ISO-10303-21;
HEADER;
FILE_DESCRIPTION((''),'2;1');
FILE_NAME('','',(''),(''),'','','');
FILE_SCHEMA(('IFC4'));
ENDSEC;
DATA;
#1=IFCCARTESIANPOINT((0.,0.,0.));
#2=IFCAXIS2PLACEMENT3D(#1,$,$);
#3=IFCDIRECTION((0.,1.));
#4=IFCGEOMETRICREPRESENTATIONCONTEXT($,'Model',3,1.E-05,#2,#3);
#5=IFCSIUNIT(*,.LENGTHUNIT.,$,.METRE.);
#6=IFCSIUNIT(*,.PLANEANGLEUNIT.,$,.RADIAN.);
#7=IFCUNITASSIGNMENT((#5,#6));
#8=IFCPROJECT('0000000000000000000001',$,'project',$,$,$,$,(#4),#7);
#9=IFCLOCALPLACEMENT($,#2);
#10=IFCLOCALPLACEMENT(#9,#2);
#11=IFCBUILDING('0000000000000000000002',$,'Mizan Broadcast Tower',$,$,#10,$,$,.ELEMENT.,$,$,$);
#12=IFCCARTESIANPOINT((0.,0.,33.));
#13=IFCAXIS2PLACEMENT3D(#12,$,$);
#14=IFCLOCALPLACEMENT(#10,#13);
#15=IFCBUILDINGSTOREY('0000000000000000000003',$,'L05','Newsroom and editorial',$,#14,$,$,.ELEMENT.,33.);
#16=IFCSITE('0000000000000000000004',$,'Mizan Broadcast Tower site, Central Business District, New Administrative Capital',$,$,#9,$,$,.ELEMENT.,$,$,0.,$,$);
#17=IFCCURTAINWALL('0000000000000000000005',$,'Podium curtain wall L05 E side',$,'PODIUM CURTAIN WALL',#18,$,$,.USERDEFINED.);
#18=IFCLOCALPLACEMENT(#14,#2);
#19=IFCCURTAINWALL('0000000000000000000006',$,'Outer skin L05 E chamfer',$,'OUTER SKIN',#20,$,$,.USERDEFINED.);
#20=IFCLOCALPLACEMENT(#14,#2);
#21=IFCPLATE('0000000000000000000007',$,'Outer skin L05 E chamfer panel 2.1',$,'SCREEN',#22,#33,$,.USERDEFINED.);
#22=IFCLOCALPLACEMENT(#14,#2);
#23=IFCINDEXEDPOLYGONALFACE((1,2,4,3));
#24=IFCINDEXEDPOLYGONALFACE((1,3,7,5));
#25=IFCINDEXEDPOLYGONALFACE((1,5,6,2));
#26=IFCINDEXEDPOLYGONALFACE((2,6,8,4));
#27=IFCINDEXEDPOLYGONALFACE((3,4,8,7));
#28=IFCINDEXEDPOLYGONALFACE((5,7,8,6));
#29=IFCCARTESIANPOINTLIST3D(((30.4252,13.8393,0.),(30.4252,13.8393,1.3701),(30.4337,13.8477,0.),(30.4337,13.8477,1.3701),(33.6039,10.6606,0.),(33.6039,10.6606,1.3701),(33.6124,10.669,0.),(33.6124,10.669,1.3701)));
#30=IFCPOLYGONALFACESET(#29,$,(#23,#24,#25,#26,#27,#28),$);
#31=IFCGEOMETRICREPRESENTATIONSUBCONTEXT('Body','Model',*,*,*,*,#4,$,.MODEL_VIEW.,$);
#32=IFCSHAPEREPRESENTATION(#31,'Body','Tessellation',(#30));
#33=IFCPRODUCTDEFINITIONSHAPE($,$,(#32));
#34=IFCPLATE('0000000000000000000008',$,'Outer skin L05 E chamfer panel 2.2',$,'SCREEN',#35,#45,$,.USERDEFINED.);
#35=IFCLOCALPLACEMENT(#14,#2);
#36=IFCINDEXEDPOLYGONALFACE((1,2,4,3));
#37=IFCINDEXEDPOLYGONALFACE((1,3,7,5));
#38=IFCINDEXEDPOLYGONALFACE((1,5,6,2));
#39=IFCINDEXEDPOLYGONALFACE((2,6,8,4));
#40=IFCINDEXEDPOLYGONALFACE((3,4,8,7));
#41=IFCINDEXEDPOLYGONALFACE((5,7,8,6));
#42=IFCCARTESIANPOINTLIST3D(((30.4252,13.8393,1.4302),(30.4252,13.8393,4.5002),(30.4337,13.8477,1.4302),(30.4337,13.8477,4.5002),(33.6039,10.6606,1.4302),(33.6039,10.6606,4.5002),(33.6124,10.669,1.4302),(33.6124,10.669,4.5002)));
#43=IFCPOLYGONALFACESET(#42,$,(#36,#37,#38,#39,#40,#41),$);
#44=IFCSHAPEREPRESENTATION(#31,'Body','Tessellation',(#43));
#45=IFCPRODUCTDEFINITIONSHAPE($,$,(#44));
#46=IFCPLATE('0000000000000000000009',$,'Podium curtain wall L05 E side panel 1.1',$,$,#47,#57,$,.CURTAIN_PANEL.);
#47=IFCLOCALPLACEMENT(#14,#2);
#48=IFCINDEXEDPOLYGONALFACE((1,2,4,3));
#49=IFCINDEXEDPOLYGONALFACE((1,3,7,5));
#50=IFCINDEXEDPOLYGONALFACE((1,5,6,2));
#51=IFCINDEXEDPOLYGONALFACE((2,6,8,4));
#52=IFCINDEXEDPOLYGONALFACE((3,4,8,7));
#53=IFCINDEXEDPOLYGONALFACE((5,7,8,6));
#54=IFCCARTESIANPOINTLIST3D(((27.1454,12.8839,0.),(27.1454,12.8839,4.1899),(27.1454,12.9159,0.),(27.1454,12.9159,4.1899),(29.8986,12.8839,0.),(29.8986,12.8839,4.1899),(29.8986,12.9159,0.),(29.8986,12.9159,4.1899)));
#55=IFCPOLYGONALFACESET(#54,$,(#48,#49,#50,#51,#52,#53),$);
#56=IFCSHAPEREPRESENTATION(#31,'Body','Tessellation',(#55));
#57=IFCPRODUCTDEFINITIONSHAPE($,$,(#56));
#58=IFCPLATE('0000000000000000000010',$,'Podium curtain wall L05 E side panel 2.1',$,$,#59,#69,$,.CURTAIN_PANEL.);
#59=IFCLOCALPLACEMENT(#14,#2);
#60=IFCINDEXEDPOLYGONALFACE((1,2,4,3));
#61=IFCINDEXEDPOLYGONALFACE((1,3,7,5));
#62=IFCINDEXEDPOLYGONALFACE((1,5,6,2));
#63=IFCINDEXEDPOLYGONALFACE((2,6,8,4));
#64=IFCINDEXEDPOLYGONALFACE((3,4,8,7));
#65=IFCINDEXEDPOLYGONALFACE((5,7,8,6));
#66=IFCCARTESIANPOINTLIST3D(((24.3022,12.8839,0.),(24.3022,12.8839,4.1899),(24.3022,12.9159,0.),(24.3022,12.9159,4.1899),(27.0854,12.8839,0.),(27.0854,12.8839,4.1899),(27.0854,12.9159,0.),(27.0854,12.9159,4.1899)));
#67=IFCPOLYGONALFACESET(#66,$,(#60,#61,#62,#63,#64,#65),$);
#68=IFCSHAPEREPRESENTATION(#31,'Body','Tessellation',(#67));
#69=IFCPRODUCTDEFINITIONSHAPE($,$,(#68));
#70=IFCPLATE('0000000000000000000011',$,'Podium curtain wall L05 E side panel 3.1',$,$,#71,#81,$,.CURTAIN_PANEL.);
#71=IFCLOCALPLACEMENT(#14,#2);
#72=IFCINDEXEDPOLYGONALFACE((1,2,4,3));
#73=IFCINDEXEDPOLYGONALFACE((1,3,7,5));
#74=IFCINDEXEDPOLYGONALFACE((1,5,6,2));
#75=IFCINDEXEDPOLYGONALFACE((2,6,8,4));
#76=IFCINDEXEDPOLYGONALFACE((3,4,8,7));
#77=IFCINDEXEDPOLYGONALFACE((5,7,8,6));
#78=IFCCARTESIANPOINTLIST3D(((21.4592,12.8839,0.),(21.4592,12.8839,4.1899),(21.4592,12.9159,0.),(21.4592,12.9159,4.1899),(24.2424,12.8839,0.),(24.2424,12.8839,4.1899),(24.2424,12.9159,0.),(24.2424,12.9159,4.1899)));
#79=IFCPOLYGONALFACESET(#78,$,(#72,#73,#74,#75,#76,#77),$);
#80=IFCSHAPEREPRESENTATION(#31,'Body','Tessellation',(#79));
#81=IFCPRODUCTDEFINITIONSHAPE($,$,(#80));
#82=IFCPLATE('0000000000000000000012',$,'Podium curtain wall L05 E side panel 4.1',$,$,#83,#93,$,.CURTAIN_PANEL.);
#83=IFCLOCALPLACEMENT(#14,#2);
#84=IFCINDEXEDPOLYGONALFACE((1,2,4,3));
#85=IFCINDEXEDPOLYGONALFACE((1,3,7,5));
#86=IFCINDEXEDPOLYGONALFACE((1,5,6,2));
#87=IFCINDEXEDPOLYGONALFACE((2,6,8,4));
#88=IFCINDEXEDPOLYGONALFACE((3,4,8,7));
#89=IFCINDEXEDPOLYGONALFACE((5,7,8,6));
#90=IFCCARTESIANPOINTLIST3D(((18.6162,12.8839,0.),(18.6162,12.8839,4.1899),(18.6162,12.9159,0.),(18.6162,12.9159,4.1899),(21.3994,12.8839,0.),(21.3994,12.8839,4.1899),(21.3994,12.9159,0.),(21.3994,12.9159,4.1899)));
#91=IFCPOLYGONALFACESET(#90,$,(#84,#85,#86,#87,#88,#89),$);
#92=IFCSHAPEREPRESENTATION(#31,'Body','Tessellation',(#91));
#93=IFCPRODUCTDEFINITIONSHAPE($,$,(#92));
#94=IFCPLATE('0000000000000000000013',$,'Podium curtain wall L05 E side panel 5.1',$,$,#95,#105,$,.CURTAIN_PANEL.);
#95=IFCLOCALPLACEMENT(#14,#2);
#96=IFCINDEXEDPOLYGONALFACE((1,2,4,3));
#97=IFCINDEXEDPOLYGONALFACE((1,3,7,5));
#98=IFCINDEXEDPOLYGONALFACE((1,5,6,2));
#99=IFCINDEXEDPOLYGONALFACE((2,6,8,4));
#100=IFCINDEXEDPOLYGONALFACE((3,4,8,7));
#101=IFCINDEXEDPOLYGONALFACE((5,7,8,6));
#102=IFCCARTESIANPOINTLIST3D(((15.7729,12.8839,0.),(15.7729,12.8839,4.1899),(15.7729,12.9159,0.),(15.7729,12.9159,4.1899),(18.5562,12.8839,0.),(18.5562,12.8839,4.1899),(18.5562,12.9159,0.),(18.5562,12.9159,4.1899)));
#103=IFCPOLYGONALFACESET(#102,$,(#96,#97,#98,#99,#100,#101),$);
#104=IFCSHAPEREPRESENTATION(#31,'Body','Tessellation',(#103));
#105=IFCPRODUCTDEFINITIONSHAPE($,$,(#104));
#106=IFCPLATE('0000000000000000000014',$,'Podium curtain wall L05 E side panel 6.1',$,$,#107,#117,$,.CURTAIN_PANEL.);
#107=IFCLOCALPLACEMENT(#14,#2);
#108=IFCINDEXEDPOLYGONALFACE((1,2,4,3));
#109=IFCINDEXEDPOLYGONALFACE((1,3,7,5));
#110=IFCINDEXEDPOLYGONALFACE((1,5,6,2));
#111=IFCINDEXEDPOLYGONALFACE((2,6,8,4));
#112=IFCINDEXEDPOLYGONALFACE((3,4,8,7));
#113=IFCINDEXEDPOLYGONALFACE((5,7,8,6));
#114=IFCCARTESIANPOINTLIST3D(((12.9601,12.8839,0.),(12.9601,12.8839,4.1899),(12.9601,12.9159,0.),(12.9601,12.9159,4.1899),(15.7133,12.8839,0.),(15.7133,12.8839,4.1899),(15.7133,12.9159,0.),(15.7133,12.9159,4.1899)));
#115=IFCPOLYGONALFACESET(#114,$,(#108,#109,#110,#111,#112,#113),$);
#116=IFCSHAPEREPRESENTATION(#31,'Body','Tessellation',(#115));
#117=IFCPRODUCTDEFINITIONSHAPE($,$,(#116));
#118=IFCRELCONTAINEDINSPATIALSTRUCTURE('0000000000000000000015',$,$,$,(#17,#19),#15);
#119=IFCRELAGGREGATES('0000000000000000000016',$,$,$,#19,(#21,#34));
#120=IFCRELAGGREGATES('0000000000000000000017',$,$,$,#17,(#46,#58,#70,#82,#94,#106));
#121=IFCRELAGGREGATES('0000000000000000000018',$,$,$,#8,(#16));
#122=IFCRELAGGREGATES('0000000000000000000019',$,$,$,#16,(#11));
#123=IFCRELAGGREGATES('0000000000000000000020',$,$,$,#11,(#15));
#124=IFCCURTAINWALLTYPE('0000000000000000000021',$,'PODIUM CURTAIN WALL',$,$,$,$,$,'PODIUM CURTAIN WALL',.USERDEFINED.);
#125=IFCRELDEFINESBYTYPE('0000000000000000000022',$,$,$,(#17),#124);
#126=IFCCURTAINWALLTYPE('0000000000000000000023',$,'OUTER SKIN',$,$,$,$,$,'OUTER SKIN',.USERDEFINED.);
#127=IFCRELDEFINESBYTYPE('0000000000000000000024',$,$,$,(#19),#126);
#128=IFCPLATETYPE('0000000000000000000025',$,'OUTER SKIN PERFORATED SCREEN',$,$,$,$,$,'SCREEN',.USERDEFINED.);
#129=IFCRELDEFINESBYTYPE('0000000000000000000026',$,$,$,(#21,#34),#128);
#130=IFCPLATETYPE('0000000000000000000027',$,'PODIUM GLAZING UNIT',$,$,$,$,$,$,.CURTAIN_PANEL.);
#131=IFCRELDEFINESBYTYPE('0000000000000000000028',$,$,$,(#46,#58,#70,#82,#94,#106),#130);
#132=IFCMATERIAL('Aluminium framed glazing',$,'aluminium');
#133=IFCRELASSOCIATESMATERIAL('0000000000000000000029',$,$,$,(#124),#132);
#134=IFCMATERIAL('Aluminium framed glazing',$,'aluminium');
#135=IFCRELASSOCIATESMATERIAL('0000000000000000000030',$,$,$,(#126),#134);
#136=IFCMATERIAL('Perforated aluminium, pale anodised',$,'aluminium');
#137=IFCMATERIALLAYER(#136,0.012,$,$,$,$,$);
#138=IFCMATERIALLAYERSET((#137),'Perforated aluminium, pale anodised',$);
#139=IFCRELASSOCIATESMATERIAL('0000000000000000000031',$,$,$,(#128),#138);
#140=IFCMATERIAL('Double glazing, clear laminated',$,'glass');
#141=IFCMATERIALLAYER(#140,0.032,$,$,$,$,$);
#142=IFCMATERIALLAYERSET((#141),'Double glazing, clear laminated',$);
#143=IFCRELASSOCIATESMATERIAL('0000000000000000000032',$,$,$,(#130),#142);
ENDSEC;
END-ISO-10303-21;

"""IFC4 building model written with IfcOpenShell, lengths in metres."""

from ifc_helpers import new_model, si_unit, direction, frame, origin, origin_2d, place, context, subcontext, project, spatial, rectangle, extrude, material, layer, layer_set, type_object, element, aggregate, save


model = new_model("IFC4")

# Units and contexts
model_context = context("Model", 3, precision=1e-05, world=origin(), true_north=direction((0.0, 1.0)))
body_context = subcontext(model_context, "Body", "Model", "MODEL_VIEW")
ifc_project = project(units=[si_unit("LENGTHUNIT", "METRE"), si_unit("PLANEANGLEUNIT", "RADIAN")], contexts=[model_context])

# Site, building, storey
site_placement = place(None, origin())
site = spatial("IfcSite", under=ifc_project, at=site_placement, Name="Mizan Broadcast Tower site, Central Business District, New Administrative Capital", CompositionType="ELEMENT", RefElevation=0.0)
building_placement = place(site_placement, origin())
building = spatial("IfcBuilding", under=site, at=building_placement, Name="Mizan Broadcast Tower", CompositionType="ELEMENT")
storey_placement = place(building_placement, frame((0.0, 0.0, 33.0)))
storey = spatial("IfcBuildingStorey", under=building, at=storey_placement, Name="L05", Description="Newsroom and editorial", CompositionType="ELEMENT", Elevation=33.0)

# Shared definitions
ifc_material_1 = material(Name="Aluminium framed glazing", Category="aluminium")
curtain_wall_type_1 = type_object("IfcCurtainWallType", Name="PODIUM CURTAIN WALL", ElementType="PODIUM CURTAIN WALL", PredefinedType="USERDEFINED", material=ifc_material_1)

# Curtain wall
curtain_wall_1_placement = place(storey_placement, origin())
curtain_wall_1 = element("IfcCurtainWall", 1, at=curtain_wall_1_placement, inside=storey, type_object=curtain_wall_type_1, Name="Podium curtain wall L05 E side", ObjectType="PODIUM CURTAIN WALL", PredefinedType="USERDEFINED")

# Curtain wall, plates
ifc_material_2 = material(Name="Aluminium framed glazing", Category="aluminium")
curtain_wall_type_2 = type_object("IfcCurtainWallType", Name="OUTER SKIN", ElementType="OUTER SKIN", PredefinedType="USERDEFINED", material=ifc_material_2)
curtain_wall_2_placement = place(storey_placement, origin())
curtain_wall_2 = element("IfcCurtainWall", 2, at=curtain_wall_2_placement, inside=storey, type_object=curtain_wall_type_2, Name="Outer skin L05 E chamfer", ObjectType="OUTER SKIN", PredefinedType="USERDEFINED")
ifc_material_3 = material(Name="Perforated aluminium, pale anodised", Category="aluminium")
ifc_layer_1 = layer(ifc_material_3, 0.012)
ifc_layer_set_1 = layer_set([ifc_layer_1], Name="Perforated aluminium, pale anodised")
plate_type_1 = type_object("IfcPlateType", Name="OUTER SKIN PERFORATED SCREEN", ElementType="SCREEN", PredefinedType="USERDEFINED", material=ifc_layer_set_1)
plate_1_placement = place(storey_placement, frame((32.0188, 12.2542, 0.0), z_axis=(0.0, 0.0, 1.0), x_axis=(-0.707107, 0.707107, 0.0)))
plate_1 = element("IfcPlate", 3, at=plate_1_placement, type_object=plate_type_1, Name="Outer skin L05 E chamfer panel 2.1", ObjectType="SCREEN", PredefinedType="USERDEFINED", context=body_context, shape_type="SweptSolid", body=[
    extrude(rectangle(XDim=4.4954, YDim=0.012, at=origin_2d()), origin(), (0.0, 0.0, 1.0), 1.3701),
])
plate_2_placement = place(storey_placement, frame((32.0188, 12.2542, 1.4302), z_axis=(0.0, 0.0, 1.0), x_axis=(-0.707107, 0.707107, 0.0)))
plate_2 = element("IfcPlate", 4, at=plate_2_placement, type_object=plate_type_1, Name="Outer skin L05 E chamfer panel 2.2", ObjectType="SCREEN", PredefinedType="USERDEFINED", context=body_context, shape_type="SweptSolid", body=[
    extrude(rectangle(XDim=4.4954, YDim=0.012, at=origin_2d()), origin(), (0.0, 0.0, 1.0), 3.0701),
])
aggregate(curtain_wall_2, [plate_1, plate_2])

# Plates
ifc_material_4 = material(Name="Double glazing, clear laminated", Category="glass")
ifc_layer_2 = layer(ifc_material_4, 0.032)
ifc_layer_set_2 = layer_set([ifc_layer_2], Name="Double glazing, clear laminated")
plate_type_2 = type_object("IfcPlateType", Name="PODIUM GLAZING UNIT", PredefinedType="CURTAIN_PANEL", material=ifc_layer_set_2)
plate_3_placement = place(storey_placement, frame((28.522, 12.8999, 0.0), z_axis=(0.0, 0.0, 1.0), x_axis=(-1.0, 0.0, 0.0)))
plate_3 = element("IfcPlate", 5, at=plate_3_placement, type_object=plate_type_2, Name="Podium curtain wall L05 E side panel 1.1", PredefinedType="CURTAIN_PANEL", context=body_context, shape_type="SweptSolid", body=[
    extrude(rectangle(XDim=2.7532, YDim=0.032, at=origin_2d()), origin(), (0.0, 0.0, 1.0), 4.1899),
])
plate_4_placement = place(storey_placement, frame((25.6938, 12.8999, 0.0), z_axis=(0.0, 0.0, 1.0), x_axis=(-1.0, 0.0, 0.0)))
plate_4 = element("IfcPlate", 6, at=plate_4_placement, type_object=plate_type_2, Name="Podium curtain wall L05 E side panel 2.1", PredefinedType="CURTAIN_PANEL", context=body_context, shape_type="SweptSolid", body=[
    extrude(rectangle(XDim=2.7832, YDim=0.032, at=origin_2d()), origin(), (0.0, 0.0, 1.0), 4.1899),
])
plate_5_placement = place(storey_placement, frame((22.8508, 12.8999, 0.0), z_axis=(0.0, 0.0, 1.0), x_axis=(-1.0, 0.0, 0.0)))
plate_5 = element("IfcPlate", 7, at=plate_5_placement, type_object=plate_type_2, Name="Podium curtain wall L05 E side panel 3.1", PredefinedType="CURTAIN_PANEL", context=body_context, shape_type="SweptSolid", body=[
    extrude(rectangle(XDim=2.7832, YDim=0.032, at=origin_2d()), origin(), (0.0, 0.0, 1.0), 4.1899),
])
plate_6_placement = place(storey_placement, frame((20.0078, 12.8999, 0.0), z_axis=(0.0, 0.0, 1.0), x_axis=(-1.0, 0.0, 0.0)))
plate_6 = element("IfcPlate", 8, at=plate_6_placement, type_object=plate_type_2, Name="Podium curtain wall L05 E side panel 4.1", PredefinedType="CURTAIN_PANEL", context=body_context, shape_type="SweptSolid", body=[
    extrude(rectangle(XDim=2.7832, YDim=0.032, at=origin_2d()), origin(), (0.0, 0.0, 1.0), 4.1899),
])
plate_7_placement = place(storey_placement, frame((17.1646, 12.8999, 0.0), z_axis=(0.0, 0.0, 1.0), x_axis=(-1.0, 0.0, 0.0)))
plate_7 = element("IfcPlate", 9, at=plate_7_placement, type_object=plate_type_2, Name="Podium curtain wall L05 E side panel 5.1", PredefinedType="CURTAIN_PANEL", context=body_context, shape_type="SweptSolid", body=[
    extrude(rectangle(XDim=2.7832, YDim=0.032, at=origin_2d()), origin(), (0.0, 0.0, 1.0), 4.1899),
])
plate_8_placement = place(storey_placement, frame((14.3367, 12.8999, 0.0), z_axis=(0.0, 0.0, 1.0), x_axis=(-1.0, 0.0, 0.0)))
plate_8 = element("IfcPlate", 10, at=plate_8_placement, type_object=plate_type_2, Name="Podium curtain wall L05 E side panel 6.1", PredefinedType="CURTAIN_PANEL", context=body_context, shape_type="SweptSolid", body=[
    extrude(rectangle(XDim=2.7532, YDim=0.032, at=origin_2d()), origin(), (0.0, 0.0, 1.0), 4.1899),
])
aggregate(curtain_wall_1, [plate_3, plate_4, plate_5, plate_6, plate_7, plate_8])

save(model, "model.ifc")
